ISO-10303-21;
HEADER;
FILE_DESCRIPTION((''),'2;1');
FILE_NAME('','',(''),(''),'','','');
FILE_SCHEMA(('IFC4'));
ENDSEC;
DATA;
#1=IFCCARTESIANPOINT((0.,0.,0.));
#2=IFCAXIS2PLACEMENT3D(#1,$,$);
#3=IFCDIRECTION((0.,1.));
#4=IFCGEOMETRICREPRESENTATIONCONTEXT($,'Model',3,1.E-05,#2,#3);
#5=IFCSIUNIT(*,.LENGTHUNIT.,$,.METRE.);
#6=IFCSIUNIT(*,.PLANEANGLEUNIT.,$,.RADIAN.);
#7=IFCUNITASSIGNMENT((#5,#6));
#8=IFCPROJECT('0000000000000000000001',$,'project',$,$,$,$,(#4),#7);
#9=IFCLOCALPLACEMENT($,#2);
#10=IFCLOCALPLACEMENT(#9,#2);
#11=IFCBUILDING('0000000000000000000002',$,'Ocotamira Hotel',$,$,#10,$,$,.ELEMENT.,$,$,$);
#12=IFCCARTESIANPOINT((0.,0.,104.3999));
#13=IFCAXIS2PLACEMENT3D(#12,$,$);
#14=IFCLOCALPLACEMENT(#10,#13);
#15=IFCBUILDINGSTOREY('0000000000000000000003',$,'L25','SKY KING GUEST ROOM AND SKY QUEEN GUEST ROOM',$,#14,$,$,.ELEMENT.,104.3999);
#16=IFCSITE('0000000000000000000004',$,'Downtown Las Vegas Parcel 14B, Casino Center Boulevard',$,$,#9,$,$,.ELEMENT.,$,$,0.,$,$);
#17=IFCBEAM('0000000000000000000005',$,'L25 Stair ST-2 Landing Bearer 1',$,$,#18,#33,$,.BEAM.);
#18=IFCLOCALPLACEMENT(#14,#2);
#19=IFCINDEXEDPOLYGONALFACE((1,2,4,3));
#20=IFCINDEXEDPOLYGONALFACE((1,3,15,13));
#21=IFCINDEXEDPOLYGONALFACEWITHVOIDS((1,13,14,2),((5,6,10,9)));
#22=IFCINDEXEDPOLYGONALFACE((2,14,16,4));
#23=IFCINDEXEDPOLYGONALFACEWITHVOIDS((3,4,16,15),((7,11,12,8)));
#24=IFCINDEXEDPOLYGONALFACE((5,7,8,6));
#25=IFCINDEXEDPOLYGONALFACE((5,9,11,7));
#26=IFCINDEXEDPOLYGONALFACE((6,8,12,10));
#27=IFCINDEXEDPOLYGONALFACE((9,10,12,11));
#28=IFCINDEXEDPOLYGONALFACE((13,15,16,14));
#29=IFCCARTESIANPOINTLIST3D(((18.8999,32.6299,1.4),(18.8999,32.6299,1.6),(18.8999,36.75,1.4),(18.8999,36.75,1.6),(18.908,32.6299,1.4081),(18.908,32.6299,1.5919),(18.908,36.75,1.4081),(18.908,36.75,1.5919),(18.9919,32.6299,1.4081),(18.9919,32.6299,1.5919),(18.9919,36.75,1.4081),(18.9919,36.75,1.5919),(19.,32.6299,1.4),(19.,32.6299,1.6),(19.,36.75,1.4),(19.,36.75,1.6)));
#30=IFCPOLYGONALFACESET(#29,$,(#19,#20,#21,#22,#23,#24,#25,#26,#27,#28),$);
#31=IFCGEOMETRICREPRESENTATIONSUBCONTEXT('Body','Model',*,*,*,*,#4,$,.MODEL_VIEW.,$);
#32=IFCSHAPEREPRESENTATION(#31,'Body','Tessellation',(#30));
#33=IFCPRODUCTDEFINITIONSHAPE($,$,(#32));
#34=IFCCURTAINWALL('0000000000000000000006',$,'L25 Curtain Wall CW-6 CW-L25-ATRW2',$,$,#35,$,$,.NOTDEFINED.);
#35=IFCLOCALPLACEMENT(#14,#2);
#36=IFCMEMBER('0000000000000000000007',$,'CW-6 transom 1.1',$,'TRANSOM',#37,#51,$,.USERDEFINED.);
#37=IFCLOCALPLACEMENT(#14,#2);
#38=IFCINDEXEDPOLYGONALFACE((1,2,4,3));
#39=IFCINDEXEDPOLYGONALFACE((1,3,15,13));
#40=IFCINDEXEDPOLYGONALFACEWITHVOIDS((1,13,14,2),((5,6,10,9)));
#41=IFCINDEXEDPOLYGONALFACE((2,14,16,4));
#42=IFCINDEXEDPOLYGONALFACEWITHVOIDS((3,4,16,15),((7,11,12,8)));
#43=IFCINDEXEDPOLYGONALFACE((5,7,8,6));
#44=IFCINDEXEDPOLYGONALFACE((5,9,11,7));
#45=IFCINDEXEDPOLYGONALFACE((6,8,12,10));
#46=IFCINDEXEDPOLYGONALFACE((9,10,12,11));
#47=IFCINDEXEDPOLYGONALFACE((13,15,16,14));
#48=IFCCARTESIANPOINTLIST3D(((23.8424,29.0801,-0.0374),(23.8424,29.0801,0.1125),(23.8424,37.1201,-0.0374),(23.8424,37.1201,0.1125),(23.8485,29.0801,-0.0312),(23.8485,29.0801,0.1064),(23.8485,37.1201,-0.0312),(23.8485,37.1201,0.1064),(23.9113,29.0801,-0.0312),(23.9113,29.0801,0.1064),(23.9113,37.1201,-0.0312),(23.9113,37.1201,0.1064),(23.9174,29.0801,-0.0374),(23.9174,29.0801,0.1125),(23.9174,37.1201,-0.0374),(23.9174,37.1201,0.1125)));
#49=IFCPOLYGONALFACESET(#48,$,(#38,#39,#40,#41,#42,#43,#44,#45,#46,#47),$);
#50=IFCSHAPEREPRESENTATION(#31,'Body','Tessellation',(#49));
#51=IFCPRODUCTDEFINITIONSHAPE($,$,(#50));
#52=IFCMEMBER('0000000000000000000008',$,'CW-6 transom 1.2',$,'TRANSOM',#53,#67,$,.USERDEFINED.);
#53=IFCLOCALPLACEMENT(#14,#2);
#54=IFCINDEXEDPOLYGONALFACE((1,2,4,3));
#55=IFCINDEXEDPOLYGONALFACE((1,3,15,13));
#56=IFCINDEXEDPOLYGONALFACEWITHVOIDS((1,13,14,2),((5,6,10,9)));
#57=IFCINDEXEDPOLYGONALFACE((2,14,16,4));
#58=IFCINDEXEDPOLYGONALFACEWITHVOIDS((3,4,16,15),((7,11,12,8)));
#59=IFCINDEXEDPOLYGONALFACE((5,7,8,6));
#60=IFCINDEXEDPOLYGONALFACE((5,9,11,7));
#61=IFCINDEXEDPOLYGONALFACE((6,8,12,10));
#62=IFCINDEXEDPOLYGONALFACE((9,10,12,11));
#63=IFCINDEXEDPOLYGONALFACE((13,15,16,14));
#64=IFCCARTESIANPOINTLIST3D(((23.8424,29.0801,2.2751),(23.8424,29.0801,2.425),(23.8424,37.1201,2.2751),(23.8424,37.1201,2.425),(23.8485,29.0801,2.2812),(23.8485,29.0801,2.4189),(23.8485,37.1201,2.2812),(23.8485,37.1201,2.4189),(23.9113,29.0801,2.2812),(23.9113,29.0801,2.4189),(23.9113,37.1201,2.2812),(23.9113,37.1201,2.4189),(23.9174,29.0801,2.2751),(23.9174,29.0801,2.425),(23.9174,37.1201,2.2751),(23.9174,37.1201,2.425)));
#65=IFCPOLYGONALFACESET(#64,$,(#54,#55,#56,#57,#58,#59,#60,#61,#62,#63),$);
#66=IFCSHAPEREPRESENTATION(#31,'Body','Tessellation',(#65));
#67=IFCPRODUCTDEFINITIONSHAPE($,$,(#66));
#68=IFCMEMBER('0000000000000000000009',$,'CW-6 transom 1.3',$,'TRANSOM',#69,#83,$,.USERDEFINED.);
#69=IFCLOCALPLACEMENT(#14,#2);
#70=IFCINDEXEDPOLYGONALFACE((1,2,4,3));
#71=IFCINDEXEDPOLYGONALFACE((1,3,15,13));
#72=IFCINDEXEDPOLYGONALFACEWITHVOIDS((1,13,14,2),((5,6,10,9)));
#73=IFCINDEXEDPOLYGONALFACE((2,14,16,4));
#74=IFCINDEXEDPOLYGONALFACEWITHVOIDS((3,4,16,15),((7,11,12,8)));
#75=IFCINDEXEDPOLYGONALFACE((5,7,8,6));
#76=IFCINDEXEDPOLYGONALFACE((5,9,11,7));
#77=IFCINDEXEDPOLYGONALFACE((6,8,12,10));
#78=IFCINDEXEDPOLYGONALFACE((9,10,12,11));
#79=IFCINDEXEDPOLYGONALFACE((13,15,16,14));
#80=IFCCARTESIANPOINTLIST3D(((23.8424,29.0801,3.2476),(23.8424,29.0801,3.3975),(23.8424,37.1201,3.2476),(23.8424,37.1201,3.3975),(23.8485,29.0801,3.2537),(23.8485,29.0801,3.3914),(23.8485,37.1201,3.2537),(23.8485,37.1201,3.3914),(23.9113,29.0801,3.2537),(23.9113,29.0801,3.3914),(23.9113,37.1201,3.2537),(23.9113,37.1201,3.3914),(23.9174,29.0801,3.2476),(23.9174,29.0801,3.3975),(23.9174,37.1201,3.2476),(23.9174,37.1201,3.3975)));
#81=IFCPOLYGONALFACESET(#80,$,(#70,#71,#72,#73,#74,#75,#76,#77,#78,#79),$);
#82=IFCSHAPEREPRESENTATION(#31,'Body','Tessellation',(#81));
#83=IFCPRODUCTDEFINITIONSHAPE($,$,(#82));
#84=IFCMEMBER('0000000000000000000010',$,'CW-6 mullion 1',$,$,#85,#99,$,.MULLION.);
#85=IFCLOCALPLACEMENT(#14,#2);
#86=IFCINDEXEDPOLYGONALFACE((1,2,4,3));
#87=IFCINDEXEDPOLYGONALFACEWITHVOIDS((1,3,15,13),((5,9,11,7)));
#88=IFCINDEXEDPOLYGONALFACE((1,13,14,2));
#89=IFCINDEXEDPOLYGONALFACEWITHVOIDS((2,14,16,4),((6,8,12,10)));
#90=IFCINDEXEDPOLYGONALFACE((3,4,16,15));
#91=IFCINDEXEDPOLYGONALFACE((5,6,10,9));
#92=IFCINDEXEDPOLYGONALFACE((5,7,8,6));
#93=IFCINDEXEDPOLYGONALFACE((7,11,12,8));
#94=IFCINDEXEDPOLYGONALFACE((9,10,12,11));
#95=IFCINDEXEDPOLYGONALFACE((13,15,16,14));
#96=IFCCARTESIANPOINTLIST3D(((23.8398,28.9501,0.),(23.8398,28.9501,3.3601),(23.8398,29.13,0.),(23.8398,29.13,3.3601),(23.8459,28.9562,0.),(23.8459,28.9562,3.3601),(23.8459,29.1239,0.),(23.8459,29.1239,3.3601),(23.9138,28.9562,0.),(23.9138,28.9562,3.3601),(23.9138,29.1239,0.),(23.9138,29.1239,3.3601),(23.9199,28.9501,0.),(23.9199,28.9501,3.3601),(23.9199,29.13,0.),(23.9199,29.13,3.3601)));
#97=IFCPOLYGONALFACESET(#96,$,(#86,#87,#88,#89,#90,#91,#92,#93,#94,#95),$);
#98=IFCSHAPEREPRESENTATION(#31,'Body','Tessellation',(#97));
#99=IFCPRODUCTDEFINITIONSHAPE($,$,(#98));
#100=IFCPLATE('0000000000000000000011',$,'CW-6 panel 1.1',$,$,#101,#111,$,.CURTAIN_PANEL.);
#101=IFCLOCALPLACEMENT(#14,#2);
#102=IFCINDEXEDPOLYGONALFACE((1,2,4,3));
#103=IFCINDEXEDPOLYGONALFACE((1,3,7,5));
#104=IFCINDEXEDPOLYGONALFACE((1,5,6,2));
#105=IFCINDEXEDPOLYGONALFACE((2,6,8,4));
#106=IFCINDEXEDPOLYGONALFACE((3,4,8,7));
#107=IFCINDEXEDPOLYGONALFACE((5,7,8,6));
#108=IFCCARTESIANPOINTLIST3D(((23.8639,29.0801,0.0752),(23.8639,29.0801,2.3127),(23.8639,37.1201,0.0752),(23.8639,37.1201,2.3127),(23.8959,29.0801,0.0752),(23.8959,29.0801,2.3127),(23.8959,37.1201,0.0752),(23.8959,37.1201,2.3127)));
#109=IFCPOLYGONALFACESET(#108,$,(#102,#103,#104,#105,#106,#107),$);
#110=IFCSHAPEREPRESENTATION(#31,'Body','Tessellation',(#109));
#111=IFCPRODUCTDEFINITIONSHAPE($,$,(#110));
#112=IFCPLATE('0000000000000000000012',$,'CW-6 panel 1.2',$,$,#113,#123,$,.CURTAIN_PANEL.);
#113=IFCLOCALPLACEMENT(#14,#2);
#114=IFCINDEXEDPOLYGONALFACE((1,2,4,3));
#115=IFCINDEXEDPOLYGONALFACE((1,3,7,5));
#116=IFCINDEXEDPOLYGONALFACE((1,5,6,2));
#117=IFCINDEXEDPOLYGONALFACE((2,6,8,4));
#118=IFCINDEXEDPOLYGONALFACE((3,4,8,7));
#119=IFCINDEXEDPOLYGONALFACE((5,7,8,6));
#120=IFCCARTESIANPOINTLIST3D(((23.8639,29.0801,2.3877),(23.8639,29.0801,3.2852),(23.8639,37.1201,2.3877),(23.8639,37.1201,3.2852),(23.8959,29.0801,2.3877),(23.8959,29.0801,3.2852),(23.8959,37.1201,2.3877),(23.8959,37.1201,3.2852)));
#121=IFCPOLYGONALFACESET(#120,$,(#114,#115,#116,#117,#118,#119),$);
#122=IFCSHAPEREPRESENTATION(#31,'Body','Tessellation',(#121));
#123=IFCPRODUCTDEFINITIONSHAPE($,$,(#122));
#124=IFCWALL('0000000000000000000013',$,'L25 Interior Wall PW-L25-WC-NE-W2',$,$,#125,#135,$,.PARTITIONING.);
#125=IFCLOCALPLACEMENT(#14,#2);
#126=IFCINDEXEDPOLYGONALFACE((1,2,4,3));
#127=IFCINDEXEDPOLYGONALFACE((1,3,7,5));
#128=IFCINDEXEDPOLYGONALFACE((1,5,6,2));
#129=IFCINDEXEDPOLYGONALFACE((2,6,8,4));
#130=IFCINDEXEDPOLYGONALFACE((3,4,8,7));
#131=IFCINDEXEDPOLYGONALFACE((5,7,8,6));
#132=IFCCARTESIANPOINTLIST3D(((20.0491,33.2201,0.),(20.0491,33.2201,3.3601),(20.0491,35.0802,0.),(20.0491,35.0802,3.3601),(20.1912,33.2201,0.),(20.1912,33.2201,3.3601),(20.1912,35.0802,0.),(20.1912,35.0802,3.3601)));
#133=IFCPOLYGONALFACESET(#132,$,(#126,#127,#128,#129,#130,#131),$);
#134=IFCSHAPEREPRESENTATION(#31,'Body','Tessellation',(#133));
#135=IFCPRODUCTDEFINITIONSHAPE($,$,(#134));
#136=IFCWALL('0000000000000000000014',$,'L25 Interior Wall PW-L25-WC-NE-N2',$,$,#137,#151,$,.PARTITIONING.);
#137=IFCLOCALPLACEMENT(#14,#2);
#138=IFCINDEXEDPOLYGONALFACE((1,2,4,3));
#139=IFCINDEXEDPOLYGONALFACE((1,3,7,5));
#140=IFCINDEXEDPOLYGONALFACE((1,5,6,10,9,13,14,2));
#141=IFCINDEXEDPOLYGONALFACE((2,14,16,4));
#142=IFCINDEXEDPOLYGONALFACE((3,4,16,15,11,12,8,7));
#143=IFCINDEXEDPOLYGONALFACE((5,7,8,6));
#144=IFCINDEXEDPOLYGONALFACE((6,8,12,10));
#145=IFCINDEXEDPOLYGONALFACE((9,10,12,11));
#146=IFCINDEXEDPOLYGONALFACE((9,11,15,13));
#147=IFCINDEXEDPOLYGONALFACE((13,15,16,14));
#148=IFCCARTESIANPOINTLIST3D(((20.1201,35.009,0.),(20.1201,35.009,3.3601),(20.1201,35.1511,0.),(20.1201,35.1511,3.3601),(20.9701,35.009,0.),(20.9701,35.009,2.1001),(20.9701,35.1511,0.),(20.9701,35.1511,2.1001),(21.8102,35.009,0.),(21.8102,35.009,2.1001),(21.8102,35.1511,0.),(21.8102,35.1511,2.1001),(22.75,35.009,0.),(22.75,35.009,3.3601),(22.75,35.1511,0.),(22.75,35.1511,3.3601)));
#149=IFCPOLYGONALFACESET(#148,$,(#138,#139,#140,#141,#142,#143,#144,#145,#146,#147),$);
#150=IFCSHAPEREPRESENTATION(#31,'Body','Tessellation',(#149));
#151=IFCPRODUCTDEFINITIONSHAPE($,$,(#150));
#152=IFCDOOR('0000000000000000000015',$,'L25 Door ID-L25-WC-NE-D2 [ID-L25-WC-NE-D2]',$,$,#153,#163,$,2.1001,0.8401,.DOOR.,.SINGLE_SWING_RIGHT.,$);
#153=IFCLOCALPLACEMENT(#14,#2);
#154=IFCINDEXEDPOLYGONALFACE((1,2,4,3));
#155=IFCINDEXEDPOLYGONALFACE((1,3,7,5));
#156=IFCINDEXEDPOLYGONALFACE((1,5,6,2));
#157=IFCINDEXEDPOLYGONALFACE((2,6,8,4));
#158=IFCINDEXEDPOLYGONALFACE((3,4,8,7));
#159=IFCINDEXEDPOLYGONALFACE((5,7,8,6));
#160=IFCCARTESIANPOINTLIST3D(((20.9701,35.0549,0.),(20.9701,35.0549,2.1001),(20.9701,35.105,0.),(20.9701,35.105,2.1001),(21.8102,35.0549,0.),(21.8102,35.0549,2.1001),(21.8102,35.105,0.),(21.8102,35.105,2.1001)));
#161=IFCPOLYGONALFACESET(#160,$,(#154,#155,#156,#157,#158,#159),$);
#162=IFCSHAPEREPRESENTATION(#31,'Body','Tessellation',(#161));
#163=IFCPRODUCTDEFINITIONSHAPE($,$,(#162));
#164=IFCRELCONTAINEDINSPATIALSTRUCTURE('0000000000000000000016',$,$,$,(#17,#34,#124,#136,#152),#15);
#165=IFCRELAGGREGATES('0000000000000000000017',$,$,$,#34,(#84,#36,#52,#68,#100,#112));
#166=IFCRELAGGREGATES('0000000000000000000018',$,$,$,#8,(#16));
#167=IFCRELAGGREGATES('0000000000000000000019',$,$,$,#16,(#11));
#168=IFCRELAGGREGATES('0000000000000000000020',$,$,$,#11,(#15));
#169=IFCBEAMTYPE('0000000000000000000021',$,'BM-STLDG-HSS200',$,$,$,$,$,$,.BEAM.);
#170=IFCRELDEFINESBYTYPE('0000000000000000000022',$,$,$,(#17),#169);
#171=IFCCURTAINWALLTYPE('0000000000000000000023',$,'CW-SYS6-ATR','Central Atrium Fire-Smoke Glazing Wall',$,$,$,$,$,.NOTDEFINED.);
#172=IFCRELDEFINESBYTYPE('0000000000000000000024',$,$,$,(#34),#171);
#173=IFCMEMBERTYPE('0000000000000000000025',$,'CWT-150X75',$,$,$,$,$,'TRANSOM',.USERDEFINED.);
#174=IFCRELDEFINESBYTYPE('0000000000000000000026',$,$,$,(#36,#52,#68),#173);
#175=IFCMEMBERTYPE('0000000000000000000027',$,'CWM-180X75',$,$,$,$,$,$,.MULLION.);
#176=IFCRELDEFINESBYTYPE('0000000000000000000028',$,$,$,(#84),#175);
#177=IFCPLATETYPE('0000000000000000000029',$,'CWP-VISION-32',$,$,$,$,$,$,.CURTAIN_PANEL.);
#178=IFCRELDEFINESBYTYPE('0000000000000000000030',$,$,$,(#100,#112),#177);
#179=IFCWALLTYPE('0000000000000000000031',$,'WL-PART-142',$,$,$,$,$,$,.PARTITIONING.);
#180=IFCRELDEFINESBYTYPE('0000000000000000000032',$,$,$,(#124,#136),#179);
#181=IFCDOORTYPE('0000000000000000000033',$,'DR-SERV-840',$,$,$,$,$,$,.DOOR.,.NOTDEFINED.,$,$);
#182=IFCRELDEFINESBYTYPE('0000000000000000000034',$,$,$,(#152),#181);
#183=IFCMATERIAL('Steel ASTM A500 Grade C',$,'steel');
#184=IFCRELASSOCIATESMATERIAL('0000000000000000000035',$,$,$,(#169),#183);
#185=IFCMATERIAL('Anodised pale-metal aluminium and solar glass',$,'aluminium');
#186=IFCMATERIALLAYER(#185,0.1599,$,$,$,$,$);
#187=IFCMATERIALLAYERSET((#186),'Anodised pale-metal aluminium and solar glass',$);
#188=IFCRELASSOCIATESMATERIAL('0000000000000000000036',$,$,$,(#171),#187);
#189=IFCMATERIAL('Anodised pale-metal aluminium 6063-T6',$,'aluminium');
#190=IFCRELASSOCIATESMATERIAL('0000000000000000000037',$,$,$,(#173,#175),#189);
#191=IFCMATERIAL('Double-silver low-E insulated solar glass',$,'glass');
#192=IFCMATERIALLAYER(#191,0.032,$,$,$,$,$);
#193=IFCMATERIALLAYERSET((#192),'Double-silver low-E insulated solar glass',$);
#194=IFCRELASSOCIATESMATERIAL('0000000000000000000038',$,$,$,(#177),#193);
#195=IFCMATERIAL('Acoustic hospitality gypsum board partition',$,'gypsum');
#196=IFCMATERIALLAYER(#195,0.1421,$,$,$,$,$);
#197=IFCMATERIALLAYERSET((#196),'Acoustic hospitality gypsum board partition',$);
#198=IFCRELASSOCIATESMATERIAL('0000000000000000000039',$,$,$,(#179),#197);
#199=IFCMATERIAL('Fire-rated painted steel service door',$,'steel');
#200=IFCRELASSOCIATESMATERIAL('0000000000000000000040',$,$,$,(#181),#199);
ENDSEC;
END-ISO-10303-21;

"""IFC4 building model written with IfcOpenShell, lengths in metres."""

from ifc_helpers import new_model, si_unit, direction, frame, frame_2d, origin, origin_2d, place, context, subcontext, project, spatial, rectangle, hollow_rectangle, extrude, source, transform, mapped, material, layer, layer_set, material_profile, profile_set, type_object, element, fill, aggregate, save


model = new_model("IFC4")

# Units and contexts
model_context = context("Model", 3, precision=1e-05, world=origin(), true_north=direction((0.0, 1.0)))
body_context = subcontext(model_context, "Body", "Model", "MODEL_VIEW")
ifc_project = project(units=[si_unit("LENGTHUNIT", "METRE"), si_unit("PLANEANGLEUNIT", "RADIAN")], contexts=[model_context])

# Site, building, storey
site_placement = place(None, origin())
site = spatial("IfcSite", under=ifc_project, at=site_placement, Name="Downtown Las Vegas Parcel 14B, Casino Center Boulevard", CompositionType="ELEMENT", RefElevation=0.0)
building_placement = place(site_placement, origin())
building = spatial("IfcBuilding", under=site, at=building_placement, Name="Ocotamira Hotel", CompositionType="ELEMENT")
storey_placement = place(building_placement, frame((0.0, 0.0, 104.3999)))
storey = spatial("IfcBuildingStorey", under=building, at=storey_placement, Name="L25", Description="SKY KING GUEST ROOM AND SKY QUEEN GUEST ROOM", CompositionType="ELEMENT", Elevation=104.3999)

# Beam
ifc_material_1 = material(Name="Steel ASTM A500 Grade C", Category="steel")
ifc_material_profile_1 = material_profile(ifc_material_1, hollow_rectangle(XDim=0.1001, YDim=0.2, WallThickness=0.0081, at=origin_2d()), Name="HSS200X100X8")
ifc_profile_set_1 = profile_set([ifc_material_profile_1], Name="Steel ASTM A500 Grade C")
beam_type = type_object("IfcBeamType", Name="BM-STLDG-HSS200", PredefinedType="BEAM", material=ifc_profile_set_1)
shared_shape_1 = source(origin(), body_context, "Body", "SweptSolid", [
    extrude(hollow_rectangle(XDim=0.1001, YDim=0.2, WallThickness=0.0081, at=origin_2d()), origin(), (0.0, 0.0, 1.0), 4.1201),
])
beam_placement = place(storey_placement, frame((18.95, 32.6299, 1.5), z_axis=(0.0, 1.0, 0.0), x_axis=(-1.0, 0.0, 0.0)))
element("IfcBeam", 1, at=beam_placement, inside=storey, type_object=beam_type, Name="L25 Stair ST-2 Landing Bearer 1", PredefinedType="BEAM", context=body_context, shape_type="MappedRepresentation", body=[
    mapped(shared_shape_1, transform((0.0, 0.0, 0.0), scale=1.0)),
])

# Curtain wall, members, plates
ifc_material_2 = material(Name="Anodised pale-metal aluminium and solar glass", Category="aluminium")
ifc_layer_1 = layer(ifc_material_2, 0.1599)
ifc_layer_set_1 = layer_set([ifc_layer_1], Name="Anodised pale-metal aluminium and solar glass")
curtain_wall_type = type_object("IfcCurtainWallType", Name="CW-SYS6-ATR", Description="Central Atrium Fire-Smoke Glazing Wall", PredefinedType="NOTDEFINED", material=ifc_layer_set_1)
curtain_wall_placement = place(storey_placement, origin())
curtain_wall = element("IfcCurtainWall", 2, at=curtain_wall_placement, inside=storey, type_object=curtain_wall_type, Name="L25 Curtain Wall CW-6 CW-L25-ATRW2", PredefinedType="NOTDEFINED")
ifc_material_3 = material(Name="Anodised pale-metal aluminium 6063-T6", Category="aluminium")
ifc_material_profile_2 = material_profile(ifc_material_3, hollow_rectangle(XDim=0.075, YDim=0.1499, WallThickness=0.0061, at=origin_2d()), Name="HSS150X75X6")
ifc_profile_set_2 = profile_set([ifc_material_profile_2], Name="Anodised pale-metal aluminium 6063-T6")
member_type_1 = type_object("IfcMemberType", Name="CWT-150X75", ElementType="TRANSOM", PredefinedType="USERDEFINED", material=ifc_profile_set_2)
shared_shape_2 = source(origin(), body_context, "Body", "SweptSolid", [
    extrude(hollow_rectangle(XDim=0.075, YDim=0.1499, WallThickness=0.0061, at=origin_2d()), origin(), (0.0, 0.0, 1.0), 8.04),
])
member_1_placement = place(storey_placement, frame((23.8799, 29.0801, 0.0376), z_axis=(0.0, 1.0, 0.0), x_axis=(-1.0, 0.0, 0.0)))
member_1 = element("IfcMember", 3, at=member_1_placement, type_object=member_type_1, Name="CW-6 transom 1.1", ObjectType="TRANSOM", PredefinedType="USERDEFINED", context=body_context, shape_type="MappedRepresentation", body=[
    mapped(shared_shape_2, transform((0.0, 0.0, 0.0), scale=1.0)),
])
member_2_placement = place(storey_placement, frame((23.8799, 29.0801, 2.3501), z_axis=(0.0, 1.0, 0.0), x_axis=(-1.0, 0.0, 0.0)))
member_2 = element("IfcMember", 4, at=member_2_placement, type_object=member_type_1, Name="CW-6 transom 1.2", ObjectType="TRANSOM", PredefinedType="USERDEFINED", context=body_context, shape_type="MappedRepresentation", body=[
    mapped(shared_shape_2, transform((0.0, 0.0, 0.0), scale=1.0)),
])
member_3_placement = place(storey_placement, frame((23.8799, 29.0801, 3.3225), z_axis=(0.0, 1.0, 0.0), x_axis=(-1.0, 0.0, 0.0)))
member_3 = element("IfcMember", 5, at=member_3_placement, type_object=member_type_1, Name="CW-6 transom 1.3", ObjectType="TRANSOM", PredefinedType="USERDEFINED", context=body_context, shape_type="MappedRepresentation", body=[
    mapped(shared_shape_2, transform((0.0, 0.0, 0.0), scale=1.0)),
])
ifc_material_profile_3 = material_profile(ifc_material_3, hollow_rectangle(XDim=0.0801, YDim=0.1799, WallThickness=0.0061, at=origin_2d()), Name="HSS180X80X6")
ifc_profile_set_3 = profile_set([ifc_material_profile_3], Name="Anodised pale-metal aluminium 6063-T6")
member_type_2 = type_object("IfcMemberType", Name="CWM-180X75", PredefinedType="MULLION", material=ifc_profile_set_3)
shared_shape_3 = source(origin(), body_context, "Body", "SweptSolid", [
    extrude(hollow_rectangle(XDim=0.0801, YDim=0.1799, WallThickness=0.0061, at=origin_2d()), origin(), (0.0, 0.0, 1.0), 3.3601),
])
member_4_placement = place(storey_placement, frame((23.8799, 29.04, 0.0), z_axis=(0.0, 0.0, 1.0), x_axis=(-1.0, 0.0, 0.0)))
member_4 = element("IfcMember", 6, at=member_4_placement, type_object=member_type_2, Name="CW-6 mullion 1", PredefinedType="MULLION", context=body_context, shape_type="MappedRepresentation", body=[
    mapped(shared_shape_3, transform((0.0, 0.0, 0.0), scale=1.0)),
])
ifc_material_4 = material(Name="Double-silver low-E insulated solar glass", Category="glass")
ifc_layer_2 = layer(ifc_material_4, 0.032)
ifc_layer_set_2 = layer_set([ifc_layer_2], Name="Double-silver low-E insulated solar glass")
plate_type = type_object("IfcPlateType", Name="CWP-VISION-32", PredefinedType="CURTAIN_PANEL", material=ifc_layer_set_2)
shared_shape_4 = source(origin(), body_context, "Body", "SweptSolid", [
    extrude(rectangle(XDim=8.04, YDim=0.032, at=origin_2d()), origin(), (0.0, 0.0, 1.0), 2.2375),
])
plate_1_placement = place(storey_placement, frame((23.8799, 33.1001, 0.0752), z_axis=(0.0, 0.0, 1.0), x_axis=(0.0, 1.0, 0.0)))
plate_1 = element("IfcPlate", 7, at=plate_1_placement, type_object=plate_type, Name="CW-6 panel 1.1", PredefinedType="CURTAIN_PANEL", context=body_context, shape_type="MappedRepresentation", body=[
    mapped(shared_shape_4, transform((0.0, 0.0, 0.0), scale=1.0)),
])
shared_shape_5 = source(origin(), body_context, "Body", "SweptSolid", [
    extrude(rectangle(XDim=8.04, YDim=0.032, at=origin_2d()), origin(), (0.0, 0.0, 1.0), 0.8975),
])
plate_2_placement = place(storey_placement, frame((23.8799, 33.1001, 2.3877), z_axis=(0.0, 0.0, 1.0), x_axis=(0.0, 1.0, 0.0)))
plate_2 = element("IfcPlate", 8, at=plate_2_placement, type_object=plate_type, Name="CW-6 panel 1.2", PredefinedType="CURTAIN_PANEL", context=body_context, shape_type="MappedRepresentation", body=[
    mapped(shared_shape_5, transform((0.0, 0.0, 0.0), scale=1.0)),
])
aggregate(curtain_wall, [member_4, member_1, member_2, member_3, plate_1, plate_2])

# Wall
ifc_material_5 = material(Name="Acoustic hospitality gypsum board partition", Category="gypsum")
ifc_layer_3 = layer(ifc_material_5, 0.1421)
ifc_layer_set_3 = layer_set([ifc_layer_3], Name="Acoustic hospitality gypsum board partition")
wall_type_1 = type_object("IfcWallType", Name="WL-PART-142", PredefinedType="PARTITIONING", material=ifc_layer_set_3)
wall_1_placement = place(storey_placement, frame((20.1201, 33.22, 0.0), z_axis=(0.0, 0.0, 1.0), x_axis=(0.0, 1.0, 0.0)))
element("IfcWall", 9, at=wall_1_placement, inside=storey, type_object=wall_type_1, Name="L25 Interior Wall PW-L25-WC-NE-W2", PredefinedType="PARTITIONING", context=body_context, shape_type="SweptSolid", body=[
    extrude(rectangle(XDim=1.8601, YDim=0.1421, at=frame_2d((0.9302, 0.0))), origin(), (0.0, 0.0, 1.0), 3.3601),
])

# Wall, opening, door
wall_2_placement = place(storey_placement, frame((20.1201, 35.0801, 0.0), z_axis=(0.0, 0.0, 1.0), x_axis=(1.0, 0.0, 0.0)))
wall_2 = element("IfcWall", 10, at=wall_2_placement, inside=storey, type_object=wall_type_1, Name="L25 Interior Wall PW-L25-WC-NE-N2", PredefinedType="PARTITIONING", context=body_context, shape_type="SweptSolid", body=[
    extrude(rectangle(XDim=2.6299, YDim=0.1421, at=frame_2d((1.3149, 0.0))), origin(), (0.0, 0.0, 1.0), 3.3601),
])
opening_1_placement = place(wall_2_placement, frame((0.8501, 0.0, 0.0)))
opening_1 = element("IfcOpeningElement", 11, at=opening_1_placement, cuts=wall_2, PredefinedType="OPENING", context=body_context, shape_type="SweptSolid", body=[
    extrude(rectangle(XDim=0.8401, YDim=2.1001, at=frame_2d((0.4199, 1.05))), frame((0.0, 0.0811, 0.0), z_axis=(0.0, -1.0, 0.0), x_axis=(1.0, 0.0, 0.0)), (0.0, 0.0, 1.0), 0.1621),
])
ifc_material_6 = material(Name="Fire-rated painted steel service door", Category="steel")
door_type_1 = type_object("IfcDoorType", Name="DR-SERV-840", OperationType="NOTDEFINED", PredefinedType="DOOR", material=ifc_material_6)
shared_shape_6 = source(origin(), body_context, "Body", "SweptSolid", [
    extrude(rectangle(XDim=0.8401, YDim=2.1001, at=frame_2d((0.4199, 1.05))), frame((0.0, 0.0249, 0.0), z_axis=(0.0, -1.0, 0.0), x_axis=(1.0, 0.0, 0.0)), (0.0, 0.0, 1.0), 0.05),
])
door_1_placement = place(opening_1_placement, origin())
door_1 = element("IfcDoor", 12, at=door_1_placement, inside=storey, type_object=door_type_1, Name="L25 Door ID-L25-WC-NE-D2 [ID-L25-WC-NE-D2]", OperationType="SINGLE_SWING_RIGHT", OverallHeight=2.1001, OverallWidth=0.8401, PredefinedType="DOOR", context=body_context, shape_type="MappedRepresentation", body=[
    mapped(shared_shape_6, transform((0.0, 0.0, 0.0), scale=1.0)),
])
fill(opening_1, door_1)

save(model, "model.ifc")
